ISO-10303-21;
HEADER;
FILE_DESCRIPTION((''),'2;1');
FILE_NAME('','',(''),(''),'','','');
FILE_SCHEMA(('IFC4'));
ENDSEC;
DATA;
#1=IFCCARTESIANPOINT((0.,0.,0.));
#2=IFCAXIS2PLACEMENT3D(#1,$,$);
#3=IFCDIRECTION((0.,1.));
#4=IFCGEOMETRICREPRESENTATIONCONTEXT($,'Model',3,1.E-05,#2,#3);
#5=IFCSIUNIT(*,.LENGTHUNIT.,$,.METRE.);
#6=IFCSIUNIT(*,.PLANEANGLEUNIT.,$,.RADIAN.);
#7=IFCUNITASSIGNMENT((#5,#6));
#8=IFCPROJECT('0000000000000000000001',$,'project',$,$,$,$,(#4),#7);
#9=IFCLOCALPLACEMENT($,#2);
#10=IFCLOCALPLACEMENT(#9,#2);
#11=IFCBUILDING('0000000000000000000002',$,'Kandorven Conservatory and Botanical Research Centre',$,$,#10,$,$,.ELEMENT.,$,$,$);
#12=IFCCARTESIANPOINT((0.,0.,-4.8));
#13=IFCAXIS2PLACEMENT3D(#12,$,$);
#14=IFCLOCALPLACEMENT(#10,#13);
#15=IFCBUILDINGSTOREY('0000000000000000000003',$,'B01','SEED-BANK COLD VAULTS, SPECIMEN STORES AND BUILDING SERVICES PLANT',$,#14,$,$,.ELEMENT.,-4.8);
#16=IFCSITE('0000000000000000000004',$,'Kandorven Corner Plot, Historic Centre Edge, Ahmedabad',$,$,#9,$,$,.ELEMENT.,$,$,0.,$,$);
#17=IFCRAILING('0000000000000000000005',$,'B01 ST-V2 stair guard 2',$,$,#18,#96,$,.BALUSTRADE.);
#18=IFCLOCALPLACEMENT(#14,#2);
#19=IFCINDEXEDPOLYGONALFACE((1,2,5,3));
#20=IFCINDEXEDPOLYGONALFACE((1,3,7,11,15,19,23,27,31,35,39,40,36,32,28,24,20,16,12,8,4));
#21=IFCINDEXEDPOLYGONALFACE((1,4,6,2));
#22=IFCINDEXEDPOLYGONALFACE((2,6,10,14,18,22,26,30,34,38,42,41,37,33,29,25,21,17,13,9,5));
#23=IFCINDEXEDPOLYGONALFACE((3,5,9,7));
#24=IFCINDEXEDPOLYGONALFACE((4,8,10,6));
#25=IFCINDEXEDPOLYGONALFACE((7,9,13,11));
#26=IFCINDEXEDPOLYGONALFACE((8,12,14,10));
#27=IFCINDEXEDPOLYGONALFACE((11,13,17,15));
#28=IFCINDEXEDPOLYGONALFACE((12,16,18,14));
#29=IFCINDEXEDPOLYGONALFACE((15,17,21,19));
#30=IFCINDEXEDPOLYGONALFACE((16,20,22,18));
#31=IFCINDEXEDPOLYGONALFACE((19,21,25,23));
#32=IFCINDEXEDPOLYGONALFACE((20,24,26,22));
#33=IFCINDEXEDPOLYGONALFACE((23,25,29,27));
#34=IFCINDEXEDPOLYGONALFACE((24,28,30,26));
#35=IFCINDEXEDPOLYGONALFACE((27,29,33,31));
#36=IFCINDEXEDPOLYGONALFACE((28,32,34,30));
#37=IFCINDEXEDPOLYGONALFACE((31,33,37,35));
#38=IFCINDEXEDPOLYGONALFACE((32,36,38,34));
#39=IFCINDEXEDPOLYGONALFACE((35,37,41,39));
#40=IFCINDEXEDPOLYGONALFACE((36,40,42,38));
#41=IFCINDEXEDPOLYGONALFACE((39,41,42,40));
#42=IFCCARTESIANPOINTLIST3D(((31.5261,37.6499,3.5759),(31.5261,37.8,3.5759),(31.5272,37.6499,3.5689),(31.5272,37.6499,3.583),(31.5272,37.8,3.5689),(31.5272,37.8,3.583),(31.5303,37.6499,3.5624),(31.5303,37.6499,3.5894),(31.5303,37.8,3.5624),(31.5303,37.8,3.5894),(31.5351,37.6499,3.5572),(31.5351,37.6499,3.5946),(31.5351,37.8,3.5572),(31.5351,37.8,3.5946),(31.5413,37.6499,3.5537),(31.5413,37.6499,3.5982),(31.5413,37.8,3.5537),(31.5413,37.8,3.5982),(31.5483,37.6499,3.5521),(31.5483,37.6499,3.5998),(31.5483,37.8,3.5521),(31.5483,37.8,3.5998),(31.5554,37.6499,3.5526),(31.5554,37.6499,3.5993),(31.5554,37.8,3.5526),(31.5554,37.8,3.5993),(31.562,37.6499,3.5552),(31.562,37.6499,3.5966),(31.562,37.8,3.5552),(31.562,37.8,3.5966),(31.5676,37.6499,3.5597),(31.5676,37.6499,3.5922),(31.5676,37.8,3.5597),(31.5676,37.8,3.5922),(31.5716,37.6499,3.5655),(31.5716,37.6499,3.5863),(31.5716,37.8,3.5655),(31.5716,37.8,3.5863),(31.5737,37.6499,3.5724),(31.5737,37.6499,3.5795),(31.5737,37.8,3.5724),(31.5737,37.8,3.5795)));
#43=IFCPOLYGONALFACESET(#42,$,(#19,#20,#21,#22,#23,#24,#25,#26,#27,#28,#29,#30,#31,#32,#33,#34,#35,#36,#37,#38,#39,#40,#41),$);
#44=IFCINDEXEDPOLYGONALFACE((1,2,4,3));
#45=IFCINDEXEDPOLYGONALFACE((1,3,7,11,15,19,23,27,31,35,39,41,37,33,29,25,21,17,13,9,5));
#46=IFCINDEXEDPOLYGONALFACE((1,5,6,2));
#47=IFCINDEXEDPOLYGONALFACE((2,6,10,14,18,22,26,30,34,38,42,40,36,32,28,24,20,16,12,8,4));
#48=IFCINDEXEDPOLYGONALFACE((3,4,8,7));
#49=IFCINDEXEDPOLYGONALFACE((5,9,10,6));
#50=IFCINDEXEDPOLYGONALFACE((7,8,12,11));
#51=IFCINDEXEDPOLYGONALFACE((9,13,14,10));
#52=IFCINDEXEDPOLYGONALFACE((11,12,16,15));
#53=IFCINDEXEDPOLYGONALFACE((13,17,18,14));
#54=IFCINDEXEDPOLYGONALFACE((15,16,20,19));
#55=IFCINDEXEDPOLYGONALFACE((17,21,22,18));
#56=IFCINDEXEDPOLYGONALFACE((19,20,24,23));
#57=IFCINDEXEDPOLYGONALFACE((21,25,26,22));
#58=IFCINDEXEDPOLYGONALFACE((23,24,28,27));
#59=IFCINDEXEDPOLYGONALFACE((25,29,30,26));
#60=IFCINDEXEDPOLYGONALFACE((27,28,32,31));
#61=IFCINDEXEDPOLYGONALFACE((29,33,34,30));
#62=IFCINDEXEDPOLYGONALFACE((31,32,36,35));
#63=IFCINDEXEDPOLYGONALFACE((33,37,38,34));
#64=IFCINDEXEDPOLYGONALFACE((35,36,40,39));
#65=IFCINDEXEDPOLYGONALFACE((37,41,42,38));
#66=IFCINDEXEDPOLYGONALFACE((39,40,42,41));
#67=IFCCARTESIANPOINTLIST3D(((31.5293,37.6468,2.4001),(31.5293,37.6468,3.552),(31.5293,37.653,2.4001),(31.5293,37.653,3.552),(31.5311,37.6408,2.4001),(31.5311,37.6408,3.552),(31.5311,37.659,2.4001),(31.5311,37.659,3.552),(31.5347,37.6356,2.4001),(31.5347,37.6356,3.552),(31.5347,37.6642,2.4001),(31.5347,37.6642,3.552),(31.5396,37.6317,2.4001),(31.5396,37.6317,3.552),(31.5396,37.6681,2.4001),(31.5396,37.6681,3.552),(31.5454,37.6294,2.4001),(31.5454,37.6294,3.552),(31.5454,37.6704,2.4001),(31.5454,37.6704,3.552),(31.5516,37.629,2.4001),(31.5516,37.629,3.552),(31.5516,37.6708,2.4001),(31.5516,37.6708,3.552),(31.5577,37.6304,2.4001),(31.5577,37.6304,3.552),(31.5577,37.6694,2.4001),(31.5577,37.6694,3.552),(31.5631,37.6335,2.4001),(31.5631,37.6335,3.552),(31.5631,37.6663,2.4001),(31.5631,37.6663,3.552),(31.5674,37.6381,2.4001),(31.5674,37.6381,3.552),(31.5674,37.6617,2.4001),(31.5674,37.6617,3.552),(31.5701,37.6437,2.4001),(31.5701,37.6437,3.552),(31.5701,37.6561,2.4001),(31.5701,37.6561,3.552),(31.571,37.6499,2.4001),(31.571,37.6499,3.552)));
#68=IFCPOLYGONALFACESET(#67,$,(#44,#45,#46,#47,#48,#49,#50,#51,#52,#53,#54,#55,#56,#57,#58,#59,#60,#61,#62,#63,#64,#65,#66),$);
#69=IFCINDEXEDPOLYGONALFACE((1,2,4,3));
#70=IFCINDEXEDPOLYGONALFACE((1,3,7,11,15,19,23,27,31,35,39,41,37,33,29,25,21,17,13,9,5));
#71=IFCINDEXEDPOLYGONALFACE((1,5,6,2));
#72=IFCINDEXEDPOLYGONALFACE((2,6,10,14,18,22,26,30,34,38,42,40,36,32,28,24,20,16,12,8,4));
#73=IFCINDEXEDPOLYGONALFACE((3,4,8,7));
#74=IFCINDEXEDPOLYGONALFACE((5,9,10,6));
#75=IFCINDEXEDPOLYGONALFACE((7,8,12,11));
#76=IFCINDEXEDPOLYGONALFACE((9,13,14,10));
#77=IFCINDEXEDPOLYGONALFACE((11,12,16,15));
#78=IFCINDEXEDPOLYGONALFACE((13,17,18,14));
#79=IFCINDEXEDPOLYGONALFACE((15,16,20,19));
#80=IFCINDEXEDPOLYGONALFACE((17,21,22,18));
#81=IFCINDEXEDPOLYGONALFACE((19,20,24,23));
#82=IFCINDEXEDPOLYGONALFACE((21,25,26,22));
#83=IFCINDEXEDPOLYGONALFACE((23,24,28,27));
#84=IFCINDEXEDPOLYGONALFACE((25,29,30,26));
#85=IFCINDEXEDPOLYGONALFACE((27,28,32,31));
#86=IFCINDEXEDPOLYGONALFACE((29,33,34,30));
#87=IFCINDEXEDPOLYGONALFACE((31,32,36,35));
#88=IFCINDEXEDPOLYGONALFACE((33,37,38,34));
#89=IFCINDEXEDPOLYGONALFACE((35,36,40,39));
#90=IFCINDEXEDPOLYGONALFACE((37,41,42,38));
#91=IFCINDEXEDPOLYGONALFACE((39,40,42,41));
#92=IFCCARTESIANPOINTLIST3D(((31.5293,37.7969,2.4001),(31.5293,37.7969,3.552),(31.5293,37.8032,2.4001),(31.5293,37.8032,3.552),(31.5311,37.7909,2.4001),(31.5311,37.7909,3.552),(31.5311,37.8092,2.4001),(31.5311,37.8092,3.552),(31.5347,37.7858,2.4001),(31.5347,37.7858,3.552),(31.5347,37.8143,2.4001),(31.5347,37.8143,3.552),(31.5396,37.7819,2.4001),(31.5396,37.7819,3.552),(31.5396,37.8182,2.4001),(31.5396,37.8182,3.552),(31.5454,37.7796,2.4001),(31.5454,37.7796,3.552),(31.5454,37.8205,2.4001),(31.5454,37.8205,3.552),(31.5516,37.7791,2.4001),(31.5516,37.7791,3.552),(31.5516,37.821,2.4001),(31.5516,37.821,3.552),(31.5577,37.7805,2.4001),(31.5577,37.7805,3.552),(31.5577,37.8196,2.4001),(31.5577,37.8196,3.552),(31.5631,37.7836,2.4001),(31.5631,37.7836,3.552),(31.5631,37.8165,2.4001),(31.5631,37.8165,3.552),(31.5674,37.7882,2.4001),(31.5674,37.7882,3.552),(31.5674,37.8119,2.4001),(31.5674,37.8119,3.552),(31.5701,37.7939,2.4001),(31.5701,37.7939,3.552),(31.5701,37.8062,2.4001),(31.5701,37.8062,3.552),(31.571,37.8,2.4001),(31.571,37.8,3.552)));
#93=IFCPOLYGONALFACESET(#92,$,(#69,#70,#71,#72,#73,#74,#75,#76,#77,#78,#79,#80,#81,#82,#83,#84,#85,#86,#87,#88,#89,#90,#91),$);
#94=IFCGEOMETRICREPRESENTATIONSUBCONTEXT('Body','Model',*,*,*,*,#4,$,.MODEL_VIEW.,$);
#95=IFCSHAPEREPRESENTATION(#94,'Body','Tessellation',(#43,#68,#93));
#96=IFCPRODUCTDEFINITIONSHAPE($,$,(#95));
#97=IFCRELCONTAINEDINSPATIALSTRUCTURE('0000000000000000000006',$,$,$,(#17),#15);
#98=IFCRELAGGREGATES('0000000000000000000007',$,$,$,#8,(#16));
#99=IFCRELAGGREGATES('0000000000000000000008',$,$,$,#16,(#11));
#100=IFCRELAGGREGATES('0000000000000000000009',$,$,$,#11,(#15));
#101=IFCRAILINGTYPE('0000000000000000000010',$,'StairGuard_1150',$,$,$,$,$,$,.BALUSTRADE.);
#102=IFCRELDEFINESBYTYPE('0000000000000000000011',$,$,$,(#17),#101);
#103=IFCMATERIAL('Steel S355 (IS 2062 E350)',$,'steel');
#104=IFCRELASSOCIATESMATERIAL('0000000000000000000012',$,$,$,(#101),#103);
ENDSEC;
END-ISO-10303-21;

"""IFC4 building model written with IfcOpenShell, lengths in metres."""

from ifc_helpers import new_model, si_unit, direction, frame, origin, origin_2d, place, context, subcontext, project, spatial, circle, extrude, material, type_object, element, save


model = new_model("IFC4")

# Units and contexts
model_context = context("Model", 3, precision=1e-05, world=origin(), true_north=direction((0.0, 1.0)))
body_context = subcontext(model_context, "Body", "Model", "MODEL_VIEW")
ifc_project = project(units=[si_unit("LENGTHUNIT", "METRE"), si_unit("PLANEANGLEUNIT", "RADIAN")], contexts=[model_context])

# Site, building, storey
site_placement = place(None, origin())
site = spatial("IfcSite", under=ifc_project, at=site_placement, Name="Kandorven Corner Plot, Historic Centre Edge, Ahmedabad", CompositionType="ELEMENT", RefElevation=0.0)
building_placement = place(site_placement, origin())
building = spatial("IfcBuilding", under=site, at=building_placement, Name="Kandorven Conservatory and Botanical Research Centre", CompositionType="ELEMENT")
storey_placement = place(building_placement, frame((0.0, 0.0, -4.8)))
storey = spatial("IfcBuildingStorey", under=building, at=storey_placement, Name="B01", Description="SEED-BANK COLD VAULTS, SPECIMEN STORES AND BUILDING SERVICES PLANT", CompositionType="ELEMENT", Elevation=-4.8)

# Railing
ifc_material_1 = material(Name="Steel S355 (IS 2062 E350)", Category="steel")
railing_type_1 = type_object("IfcRailingType", Name="StairGuard_1150", PredefinedType="BALUSTRADE", material=ifc_material_1)
railing_1_placement = place(storey_placement, frame((31.55, 37.6499, 2.4001)))
element("IfcRailing", 1, at=railing_1_placement, inside=storey, type_object=railing_type_1, Name="B01 ST-V2 stair guard 2", PredefinedType="BALUSTRADE", context=body_context, shape_type="SweptSolid", body=[
    extrude(circle(Radius=0.0239, at=origin_2d()), frame((0.0, 0.0, 1.1758), z_axis=(0.0, 1.0, 0.0), x_axis=(-1.0, 0.0, 0.0)), (0.0, 0.0, 1.0), 0.1501),
    extrude(circle(Radius=0.021, at=origin_2d()), origin(), (0.0, 0.0, 1.0), 1.1519),
    extrude(circle(Radius=0.021, at=origin_2d()), frame((0.0, 0.1501, 0.0)), (0.0, 0.0, 1.0), 1.1519),
])

save(model, "model.ifc")
